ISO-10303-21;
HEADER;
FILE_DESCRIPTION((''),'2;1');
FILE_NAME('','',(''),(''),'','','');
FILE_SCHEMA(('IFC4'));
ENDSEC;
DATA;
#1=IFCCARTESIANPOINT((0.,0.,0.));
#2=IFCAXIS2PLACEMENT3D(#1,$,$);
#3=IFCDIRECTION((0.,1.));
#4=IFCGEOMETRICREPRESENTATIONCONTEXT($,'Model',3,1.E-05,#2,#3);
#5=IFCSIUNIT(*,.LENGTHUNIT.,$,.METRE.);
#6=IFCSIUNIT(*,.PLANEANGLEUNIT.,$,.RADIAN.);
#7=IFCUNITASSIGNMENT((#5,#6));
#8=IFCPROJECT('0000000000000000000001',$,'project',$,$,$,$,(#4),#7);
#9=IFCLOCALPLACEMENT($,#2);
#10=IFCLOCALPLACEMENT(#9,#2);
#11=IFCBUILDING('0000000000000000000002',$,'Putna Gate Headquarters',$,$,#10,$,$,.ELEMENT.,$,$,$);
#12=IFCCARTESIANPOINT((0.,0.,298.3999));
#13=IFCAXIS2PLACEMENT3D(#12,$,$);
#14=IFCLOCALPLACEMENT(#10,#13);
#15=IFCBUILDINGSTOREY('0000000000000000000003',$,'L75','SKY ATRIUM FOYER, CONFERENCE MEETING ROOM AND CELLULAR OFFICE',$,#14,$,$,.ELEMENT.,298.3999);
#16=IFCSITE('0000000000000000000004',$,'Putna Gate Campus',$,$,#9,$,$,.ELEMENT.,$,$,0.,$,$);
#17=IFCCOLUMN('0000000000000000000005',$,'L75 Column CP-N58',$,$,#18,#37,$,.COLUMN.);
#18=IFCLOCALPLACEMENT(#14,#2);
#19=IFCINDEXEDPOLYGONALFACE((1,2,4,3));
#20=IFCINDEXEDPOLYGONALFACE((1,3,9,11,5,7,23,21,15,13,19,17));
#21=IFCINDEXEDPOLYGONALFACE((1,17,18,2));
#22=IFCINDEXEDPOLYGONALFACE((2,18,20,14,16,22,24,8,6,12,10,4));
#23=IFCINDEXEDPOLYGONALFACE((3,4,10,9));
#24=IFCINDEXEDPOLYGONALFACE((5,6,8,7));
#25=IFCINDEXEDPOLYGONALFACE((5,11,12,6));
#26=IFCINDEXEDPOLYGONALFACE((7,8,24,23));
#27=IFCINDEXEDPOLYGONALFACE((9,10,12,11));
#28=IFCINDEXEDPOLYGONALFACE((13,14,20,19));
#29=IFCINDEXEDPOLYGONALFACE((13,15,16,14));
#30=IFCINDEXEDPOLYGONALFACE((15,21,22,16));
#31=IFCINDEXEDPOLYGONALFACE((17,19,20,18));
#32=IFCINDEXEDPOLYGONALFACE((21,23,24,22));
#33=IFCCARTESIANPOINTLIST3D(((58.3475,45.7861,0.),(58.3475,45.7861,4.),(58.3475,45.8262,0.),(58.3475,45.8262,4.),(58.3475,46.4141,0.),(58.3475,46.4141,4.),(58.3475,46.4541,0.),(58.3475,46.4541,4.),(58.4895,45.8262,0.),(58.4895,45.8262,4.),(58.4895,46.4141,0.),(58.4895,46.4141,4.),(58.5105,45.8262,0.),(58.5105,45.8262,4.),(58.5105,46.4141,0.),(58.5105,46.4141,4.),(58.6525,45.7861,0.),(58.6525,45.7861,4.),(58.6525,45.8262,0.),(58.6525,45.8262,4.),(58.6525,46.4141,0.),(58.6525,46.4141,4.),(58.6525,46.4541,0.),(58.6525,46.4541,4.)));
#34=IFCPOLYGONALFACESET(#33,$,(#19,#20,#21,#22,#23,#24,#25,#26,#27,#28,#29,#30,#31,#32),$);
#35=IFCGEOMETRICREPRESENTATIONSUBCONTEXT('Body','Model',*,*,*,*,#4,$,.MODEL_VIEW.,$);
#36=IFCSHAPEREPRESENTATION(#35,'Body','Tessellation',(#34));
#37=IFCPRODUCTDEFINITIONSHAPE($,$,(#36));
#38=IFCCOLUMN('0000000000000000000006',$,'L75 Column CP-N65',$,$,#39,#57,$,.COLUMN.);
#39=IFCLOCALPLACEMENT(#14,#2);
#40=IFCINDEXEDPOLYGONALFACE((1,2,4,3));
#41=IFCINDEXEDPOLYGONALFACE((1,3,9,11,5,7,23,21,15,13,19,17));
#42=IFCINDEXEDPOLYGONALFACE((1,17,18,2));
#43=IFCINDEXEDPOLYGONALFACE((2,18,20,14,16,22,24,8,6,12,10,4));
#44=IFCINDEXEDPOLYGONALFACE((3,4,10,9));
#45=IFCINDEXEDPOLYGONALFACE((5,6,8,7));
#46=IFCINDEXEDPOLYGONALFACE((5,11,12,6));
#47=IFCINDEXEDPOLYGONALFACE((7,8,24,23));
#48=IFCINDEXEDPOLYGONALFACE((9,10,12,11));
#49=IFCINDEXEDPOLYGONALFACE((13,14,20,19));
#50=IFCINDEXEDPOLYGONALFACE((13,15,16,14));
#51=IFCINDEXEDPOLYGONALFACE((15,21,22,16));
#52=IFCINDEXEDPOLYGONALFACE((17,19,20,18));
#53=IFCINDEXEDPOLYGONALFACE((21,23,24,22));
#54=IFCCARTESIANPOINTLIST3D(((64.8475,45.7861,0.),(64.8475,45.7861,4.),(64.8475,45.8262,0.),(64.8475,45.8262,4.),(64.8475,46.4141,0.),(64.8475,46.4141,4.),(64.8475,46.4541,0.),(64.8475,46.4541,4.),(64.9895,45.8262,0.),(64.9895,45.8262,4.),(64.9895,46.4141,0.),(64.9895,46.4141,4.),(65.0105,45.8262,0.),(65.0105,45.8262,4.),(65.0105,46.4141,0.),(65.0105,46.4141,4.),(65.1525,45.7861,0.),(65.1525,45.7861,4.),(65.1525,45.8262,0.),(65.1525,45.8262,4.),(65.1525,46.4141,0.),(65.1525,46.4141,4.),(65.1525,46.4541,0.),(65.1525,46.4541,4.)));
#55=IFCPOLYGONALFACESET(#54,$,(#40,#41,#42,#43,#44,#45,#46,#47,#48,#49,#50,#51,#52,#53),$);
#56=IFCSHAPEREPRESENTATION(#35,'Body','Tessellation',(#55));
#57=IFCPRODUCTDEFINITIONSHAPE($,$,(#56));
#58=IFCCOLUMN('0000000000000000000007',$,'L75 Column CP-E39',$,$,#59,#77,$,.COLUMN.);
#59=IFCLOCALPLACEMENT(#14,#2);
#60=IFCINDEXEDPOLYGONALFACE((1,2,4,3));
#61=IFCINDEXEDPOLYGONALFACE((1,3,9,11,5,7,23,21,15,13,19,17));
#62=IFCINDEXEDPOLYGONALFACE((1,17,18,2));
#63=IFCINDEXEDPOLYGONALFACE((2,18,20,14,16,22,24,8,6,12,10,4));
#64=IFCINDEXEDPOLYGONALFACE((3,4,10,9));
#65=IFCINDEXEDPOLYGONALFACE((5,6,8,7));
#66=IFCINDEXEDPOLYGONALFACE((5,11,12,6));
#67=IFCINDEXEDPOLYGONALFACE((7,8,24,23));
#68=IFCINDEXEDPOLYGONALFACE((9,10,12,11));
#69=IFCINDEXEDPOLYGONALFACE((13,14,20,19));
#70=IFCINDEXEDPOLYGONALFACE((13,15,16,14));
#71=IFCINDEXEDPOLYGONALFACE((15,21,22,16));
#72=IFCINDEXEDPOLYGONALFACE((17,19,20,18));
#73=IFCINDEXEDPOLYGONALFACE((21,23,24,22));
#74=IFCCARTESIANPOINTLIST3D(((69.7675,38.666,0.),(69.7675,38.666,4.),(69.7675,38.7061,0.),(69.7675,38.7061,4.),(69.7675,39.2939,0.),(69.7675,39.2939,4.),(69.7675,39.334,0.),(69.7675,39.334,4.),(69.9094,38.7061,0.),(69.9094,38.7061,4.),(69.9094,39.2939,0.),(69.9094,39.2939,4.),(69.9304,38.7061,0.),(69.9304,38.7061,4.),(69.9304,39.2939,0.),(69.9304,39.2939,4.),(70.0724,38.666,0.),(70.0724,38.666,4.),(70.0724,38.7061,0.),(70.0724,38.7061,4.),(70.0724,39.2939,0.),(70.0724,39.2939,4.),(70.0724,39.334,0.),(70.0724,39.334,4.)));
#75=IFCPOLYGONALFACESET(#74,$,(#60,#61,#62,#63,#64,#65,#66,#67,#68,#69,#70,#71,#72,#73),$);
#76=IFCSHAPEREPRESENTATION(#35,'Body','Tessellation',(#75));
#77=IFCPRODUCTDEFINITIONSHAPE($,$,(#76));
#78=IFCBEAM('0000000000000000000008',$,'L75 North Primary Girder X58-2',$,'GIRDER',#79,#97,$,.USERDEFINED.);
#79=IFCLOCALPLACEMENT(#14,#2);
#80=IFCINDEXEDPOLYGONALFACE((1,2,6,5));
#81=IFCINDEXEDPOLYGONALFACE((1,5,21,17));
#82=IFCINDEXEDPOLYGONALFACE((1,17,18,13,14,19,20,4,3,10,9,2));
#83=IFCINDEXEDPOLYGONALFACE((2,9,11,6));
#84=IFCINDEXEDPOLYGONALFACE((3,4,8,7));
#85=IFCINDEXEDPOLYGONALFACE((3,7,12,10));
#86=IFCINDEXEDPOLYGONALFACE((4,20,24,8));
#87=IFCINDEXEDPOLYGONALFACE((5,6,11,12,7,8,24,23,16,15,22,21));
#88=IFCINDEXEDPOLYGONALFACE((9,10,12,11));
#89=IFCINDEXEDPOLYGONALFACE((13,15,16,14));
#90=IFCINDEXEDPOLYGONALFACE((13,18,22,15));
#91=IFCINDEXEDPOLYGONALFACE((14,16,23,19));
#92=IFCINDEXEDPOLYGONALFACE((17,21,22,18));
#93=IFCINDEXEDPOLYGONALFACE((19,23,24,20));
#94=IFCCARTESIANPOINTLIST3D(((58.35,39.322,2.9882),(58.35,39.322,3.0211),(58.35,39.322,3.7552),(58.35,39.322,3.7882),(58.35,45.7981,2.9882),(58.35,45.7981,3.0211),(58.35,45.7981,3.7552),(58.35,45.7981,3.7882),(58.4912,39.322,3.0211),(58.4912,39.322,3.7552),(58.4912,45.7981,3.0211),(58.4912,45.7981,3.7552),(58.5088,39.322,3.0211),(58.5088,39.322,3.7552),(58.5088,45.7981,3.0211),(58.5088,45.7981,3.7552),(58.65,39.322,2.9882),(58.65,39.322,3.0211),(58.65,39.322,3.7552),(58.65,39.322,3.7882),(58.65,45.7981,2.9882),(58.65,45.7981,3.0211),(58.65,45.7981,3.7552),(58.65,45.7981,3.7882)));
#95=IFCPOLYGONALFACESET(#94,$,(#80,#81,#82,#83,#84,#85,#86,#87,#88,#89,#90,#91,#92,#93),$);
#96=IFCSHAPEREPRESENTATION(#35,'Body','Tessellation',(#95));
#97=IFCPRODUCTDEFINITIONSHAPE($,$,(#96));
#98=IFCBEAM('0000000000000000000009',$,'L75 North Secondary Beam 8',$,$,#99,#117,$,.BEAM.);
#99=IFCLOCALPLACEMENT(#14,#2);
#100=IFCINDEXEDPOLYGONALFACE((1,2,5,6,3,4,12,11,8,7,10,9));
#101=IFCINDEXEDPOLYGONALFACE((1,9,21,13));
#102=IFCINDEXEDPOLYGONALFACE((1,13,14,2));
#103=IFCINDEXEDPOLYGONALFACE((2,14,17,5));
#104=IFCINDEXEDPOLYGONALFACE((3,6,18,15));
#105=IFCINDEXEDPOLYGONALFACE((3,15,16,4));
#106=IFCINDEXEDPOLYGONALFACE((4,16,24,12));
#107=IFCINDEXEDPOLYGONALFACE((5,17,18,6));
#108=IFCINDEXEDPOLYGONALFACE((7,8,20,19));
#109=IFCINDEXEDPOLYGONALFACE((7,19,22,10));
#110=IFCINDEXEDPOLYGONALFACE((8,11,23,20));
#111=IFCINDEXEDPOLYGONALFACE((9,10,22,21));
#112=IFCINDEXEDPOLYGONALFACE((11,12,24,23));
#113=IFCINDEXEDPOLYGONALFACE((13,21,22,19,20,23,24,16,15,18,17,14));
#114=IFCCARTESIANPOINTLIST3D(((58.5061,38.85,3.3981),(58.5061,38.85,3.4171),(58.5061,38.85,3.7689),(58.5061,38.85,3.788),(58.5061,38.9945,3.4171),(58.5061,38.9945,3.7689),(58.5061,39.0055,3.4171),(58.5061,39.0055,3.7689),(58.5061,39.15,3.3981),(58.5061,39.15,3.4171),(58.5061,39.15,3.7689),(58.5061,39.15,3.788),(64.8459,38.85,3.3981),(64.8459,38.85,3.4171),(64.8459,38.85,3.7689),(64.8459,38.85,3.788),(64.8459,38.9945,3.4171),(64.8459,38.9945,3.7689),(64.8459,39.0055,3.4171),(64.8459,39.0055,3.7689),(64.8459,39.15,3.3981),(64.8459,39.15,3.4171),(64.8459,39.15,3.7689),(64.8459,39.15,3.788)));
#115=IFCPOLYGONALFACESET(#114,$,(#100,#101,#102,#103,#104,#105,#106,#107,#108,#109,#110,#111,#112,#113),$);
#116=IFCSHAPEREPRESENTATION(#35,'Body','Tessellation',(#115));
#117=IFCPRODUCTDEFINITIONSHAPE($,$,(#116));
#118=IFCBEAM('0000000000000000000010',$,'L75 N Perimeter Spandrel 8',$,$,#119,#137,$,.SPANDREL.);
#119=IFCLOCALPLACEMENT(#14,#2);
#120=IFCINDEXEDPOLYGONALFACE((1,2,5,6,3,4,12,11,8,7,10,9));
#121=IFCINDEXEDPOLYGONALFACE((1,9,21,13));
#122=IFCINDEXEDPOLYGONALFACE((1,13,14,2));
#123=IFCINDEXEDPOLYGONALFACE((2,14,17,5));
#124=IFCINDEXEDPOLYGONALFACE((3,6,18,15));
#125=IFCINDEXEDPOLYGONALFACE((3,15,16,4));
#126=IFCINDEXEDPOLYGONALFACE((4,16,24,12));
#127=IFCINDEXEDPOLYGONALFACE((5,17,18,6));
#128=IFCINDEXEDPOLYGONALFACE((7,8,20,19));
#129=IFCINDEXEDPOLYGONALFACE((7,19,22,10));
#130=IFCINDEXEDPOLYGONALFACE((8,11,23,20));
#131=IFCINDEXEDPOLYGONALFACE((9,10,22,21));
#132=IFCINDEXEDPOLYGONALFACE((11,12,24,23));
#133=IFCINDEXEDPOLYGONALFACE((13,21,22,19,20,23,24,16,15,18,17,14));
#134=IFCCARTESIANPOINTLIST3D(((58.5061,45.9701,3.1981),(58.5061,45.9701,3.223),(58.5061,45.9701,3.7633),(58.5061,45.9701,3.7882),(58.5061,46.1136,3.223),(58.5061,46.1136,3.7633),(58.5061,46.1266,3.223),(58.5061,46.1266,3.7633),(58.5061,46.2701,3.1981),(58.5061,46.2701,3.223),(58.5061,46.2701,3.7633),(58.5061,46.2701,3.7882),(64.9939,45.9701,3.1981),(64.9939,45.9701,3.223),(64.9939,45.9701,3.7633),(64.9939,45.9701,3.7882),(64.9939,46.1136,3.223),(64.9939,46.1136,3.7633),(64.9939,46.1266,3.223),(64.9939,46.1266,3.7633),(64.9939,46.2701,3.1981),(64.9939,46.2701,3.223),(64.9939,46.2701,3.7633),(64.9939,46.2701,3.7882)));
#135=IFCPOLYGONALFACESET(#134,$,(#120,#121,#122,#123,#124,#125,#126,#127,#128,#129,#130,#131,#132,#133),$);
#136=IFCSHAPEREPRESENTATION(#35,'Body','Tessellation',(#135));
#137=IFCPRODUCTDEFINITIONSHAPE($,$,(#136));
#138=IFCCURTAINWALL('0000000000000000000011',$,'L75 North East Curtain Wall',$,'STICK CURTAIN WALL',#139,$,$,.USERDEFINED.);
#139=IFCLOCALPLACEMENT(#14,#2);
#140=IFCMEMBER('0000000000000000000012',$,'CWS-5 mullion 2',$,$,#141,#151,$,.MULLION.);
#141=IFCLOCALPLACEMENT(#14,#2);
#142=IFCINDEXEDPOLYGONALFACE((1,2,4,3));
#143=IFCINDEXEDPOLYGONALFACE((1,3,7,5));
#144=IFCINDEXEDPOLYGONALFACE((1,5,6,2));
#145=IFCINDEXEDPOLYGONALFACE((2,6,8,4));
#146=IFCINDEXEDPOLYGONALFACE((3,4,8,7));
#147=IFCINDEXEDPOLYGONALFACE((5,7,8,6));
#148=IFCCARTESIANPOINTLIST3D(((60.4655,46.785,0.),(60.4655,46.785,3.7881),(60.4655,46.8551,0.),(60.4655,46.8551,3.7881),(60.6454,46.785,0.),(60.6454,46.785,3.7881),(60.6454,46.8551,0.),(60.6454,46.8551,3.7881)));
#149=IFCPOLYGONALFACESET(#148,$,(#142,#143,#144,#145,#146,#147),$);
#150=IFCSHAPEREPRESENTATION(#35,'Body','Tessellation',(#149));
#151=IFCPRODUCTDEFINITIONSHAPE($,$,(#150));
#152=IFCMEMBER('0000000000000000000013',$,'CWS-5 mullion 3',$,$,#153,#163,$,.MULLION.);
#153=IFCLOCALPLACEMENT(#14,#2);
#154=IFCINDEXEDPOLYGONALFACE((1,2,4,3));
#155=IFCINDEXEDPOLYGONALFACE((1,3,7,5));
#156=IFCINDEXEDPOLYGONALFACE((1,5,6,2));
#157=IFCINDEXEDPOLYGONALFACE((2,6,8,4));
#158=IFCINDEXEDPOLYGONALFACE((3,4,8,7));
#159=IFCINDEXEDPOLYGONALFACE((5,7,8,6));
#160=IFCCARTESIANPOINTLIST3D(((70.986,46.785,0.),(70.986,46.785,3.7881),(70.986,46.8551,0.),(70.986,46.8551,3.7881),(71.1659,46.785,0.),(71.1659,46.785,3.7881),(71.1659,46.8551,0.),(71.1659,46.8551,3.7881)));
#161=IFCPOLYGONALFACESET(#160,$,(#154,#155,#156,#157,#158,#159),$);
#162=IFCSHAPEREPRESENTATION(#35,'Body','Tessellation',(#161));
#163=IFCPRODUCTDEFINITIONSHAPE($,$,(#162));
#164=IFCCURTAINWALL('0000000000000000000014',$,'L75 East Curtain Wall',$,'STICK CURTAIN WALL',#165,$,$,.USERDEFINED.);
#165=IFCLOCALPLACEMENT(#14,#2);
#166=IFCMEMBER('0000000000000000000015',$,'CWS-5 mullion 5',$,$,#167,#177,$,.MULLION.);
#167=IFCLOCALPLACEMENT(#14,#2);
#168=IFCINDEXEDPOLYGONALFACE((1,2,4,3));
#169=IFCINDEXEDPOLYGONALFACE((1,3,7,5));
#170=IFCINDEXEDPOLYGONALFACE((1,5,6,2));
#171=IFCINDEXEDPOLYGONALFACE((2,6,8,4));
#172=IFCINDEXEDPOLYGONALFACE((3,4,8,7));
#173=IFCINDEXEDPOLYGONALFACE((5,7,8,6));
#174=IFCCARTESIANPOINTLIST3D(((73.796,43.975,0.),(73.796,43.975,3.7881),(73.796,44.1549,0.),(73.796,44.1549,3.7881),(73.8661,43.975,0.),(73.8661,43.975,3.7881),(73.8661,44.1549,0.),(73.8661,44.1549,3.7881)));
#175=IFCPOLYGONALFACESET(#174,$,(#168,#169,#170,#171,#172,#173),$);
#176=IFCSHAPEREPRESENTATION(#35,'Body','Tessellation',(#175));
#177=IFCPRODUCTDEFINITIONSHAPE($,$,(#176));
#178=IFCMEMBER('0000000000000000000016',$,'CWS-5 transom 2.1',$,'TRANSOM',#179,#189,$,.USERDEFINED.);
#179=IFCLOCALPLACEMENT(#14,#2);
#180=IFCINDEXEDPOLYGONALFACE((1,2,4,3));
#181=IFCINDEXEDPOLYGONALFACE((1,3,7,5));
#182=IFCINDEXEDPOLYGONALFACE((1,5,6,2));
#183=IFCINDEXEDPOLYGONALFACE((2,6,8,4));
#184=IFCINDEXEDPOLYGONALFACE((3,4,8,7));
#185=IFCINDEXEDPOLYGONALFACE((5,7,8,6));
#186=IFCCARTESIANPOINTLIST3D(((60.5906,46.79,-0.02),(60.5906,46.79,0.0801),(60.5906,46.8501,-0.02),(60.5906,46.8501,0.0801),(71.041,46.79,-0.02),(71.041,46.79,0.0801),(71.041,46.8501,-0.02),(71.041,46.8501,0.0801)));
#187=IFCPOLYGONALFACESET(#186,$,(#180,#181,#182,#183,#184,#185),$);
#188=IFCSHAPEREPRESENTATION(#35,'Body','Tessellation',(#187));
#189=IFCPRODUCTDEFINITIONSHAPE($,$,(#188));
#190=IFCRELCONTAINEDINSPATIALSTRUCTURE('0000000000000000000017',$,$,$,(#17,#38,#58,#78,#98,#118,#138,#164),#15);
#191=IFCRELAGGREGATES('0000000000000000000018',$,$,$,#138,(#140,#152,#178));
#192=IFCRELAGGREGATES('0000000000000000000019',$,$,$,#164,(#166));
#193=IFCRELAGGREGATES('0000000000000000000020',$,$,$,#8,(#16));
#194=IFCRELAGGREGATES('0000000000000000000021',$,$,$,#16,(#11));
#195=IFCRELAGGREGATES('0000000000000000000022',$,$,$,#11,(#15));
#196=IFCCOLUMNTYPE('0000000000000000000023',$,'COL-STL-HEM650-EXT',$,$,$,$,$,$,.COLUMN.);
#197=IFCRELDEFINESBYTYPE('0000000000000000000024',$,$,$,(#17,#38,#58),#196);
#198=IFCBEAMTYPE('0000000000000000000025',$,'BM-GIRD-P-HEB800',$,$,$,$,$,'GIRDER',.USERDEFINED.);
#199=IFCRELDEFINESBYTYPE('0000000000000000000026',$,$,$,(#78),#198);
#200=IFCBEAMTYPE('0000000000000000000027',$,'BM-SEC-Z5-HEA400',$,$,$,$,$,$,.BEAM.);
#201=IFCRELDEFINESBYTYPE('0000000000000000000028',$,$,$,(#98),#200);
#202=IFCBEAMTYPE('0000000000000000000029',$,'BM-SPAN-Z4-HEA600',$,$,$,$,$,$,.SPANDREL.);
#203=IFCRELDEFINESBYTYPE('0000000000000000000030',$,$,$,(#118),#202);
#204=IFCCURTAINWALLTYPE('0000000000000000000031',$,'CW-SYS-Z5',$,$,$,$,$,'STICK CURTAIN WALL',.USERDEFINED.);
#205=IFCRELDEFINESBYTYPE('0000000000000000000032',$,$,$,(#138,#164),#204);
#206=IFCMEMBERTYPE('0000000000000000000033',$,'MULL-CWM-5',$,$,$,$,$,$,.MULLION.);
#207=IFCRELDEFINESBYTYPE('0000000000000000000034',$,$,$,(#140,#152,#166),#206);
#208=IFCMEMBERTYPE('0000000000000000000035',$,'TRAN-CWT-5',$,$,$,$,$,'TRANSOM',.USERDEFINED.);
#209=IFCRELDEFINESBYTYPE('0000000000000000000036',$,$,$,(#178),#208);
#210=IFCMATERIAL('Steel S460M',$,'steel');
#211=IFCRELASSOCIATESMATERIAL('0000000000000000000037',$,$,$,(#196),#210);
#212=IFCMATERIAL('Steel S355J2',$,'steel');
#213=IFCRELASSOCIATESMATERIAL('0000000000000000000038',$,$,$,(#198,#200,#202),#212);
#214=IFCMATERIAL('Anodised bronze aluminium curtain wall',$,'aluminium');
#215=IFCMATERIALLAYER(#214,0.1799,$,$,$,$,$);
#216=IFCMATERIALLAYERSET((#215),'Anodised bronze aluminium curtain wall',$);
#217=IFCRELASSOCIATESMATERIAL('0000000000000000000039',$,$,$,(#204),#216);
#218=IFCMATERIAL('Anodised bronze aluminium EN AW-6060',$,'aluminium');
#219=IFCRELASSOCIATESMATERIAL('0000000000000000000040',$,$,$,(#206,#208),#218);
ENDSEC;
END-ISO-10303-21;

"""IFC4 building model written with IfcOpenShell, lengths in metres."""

from ifc_helpers import new_model, si_unit, direction, frame, origin, origin_2d, place, context, subcontext, project, spatial, rectangle, i_section, extrude, material, layer, layer_set, material_profile, profile_set, type_object, element, aggregate, save


model = new_model("IFC4")

# Units and contexts
model_context = context("Model", 3, precision=1e-05, world=origin(), true_north=direction((0.0, 1.0)))
body_context = subcontext(model_context, "Body", "Model", "MODEL_VIEW")
ifc_project = project(units=[si_unit("LENGTHUNIT", "METRE"), si_unit("PLANEANGLEUNIT", "RADIAN")], contexts=[model_context])

# Site, building, storey
site_placement = place(None, origin())
site = spatial("IfcSite", under=ifc_project, at=site_placement, Name="Putna Gate Campus", CompositionType="ELEMENT", RefElevation=0.0)
building_placement = place(site_placement, origin())
building = spatial("IfcBuilding", under=site, at=building_placement, Name="Putna Gate Headquarters", CompositionType="ELEMENT")
storey_placement = place(building_placement, frame((0.0, 0.0, 298.3999)))
storey = spatial("IfcBuildingStorey", under=building, at=storey_placement, Name="L75", Description="SKY ATRIUM FOYER, CONFERENCE MEETING ROOM AND CELLULAR OFFICE", CompositionType="ELEMENT", Elevation=298.3999)

# Columns
ifc_material_1 = material(Name="Steel S460M", Category="steel")
ifc_material_profile_1 = material_profile(ifc_material_1, i_section(OverallWidth=0.3049, OverallDepth=0.668, WebThickness=0.021, FlangeThickness=0.04, at=origin_2d()), Name="Steel S460M")
ifc_profile_set_1 = profile_set([ifc_material_profile_1], Name="Steel S460M")
column_type = type_object("IfcColumnType", Name="COL-STL-HEM650-EXT", PredefinedType="COLUMN", material=ifc_profile_set_1)
for number, where, z_axis, x_axis, name in (
    (1, (58.5, 46.1201, 0.0), (0.0, 0.0, 1.0), (1.0, 0.0, 0.0), "L75 Column CP-N58"),
    (2, (65.0, 46.1201, 0.0), (0.0, 0.0, 1.0), (1.0, 0.0, 0.0), "L75 Column CP-N65"),
    (3, (69.9199, 39.0, 0.0), (0.0, 0.0, 1.0), (1.0, 0.0, 0.0), "L75 Column CP-E39"),
):
    element("IfcColumn", number, at=place(storey_placement, frame(where, z_axis=z_axis, x_axis=x_axis)), inside=storey, type_object=column_type, Name=name, PredefinedType="COLUMN", context=body_context, shape_type="SweptSolid", body=[
        extrude(i_section(OverallWidth=0.3049, OverallDepth=0.668, WebThickness=0.021, FlangeThickness=0.04, at=origin_2d()), origin(), (0.0, 0.0, 1.0), 4.0),
    ])

# Beams
ifc_material_2 = material(Name="Steel S355J2", Category="steel")
ifc_material_profile_2 = material_profile(ifc_material_2, i_section(OverallWidth=0.3, OverallDepth=0.8, WebThickness=0.0176, FlangeThickness=0.033, at=origin_2d()), Name="Steel S355J2")
ifc_profile_set_2 = profile_set([ifc_material_profile_2], Name="Steel S355J2")
beam_type_1 = type_object("IfcBeamType", Name="BM-GIRD-P-HEB800", ElementType="GIRDER", PredefinedType="USERDEFINED", material=ifc_profile_set_2)
beam_1_placement = place(storey_placement, frame((58.5, 39.322, 3.3882), z_axis=(0.0, 1.0, 0.0), x_axis=(-1.0, 0.0, 0.0)))
element("IfcBeam", 4, at=beam_1_placement, inside=storey, type_object=beam_type_1, Name="L75 North Primary Girder X58-2", ObjectType="GIRDER", PredefinedType="USERDEFINED", context=body_context, shape_type="SweptSolid", body=[
    extrude(i_section(OverallWidth=0.3, OverallDepth=0.8, WebThickness=0.0176, FlangeThickness=0.033, at=origin_2d()), origin(), (0.0, 0.0, 1.0), 6.4761),
])
ifc_material_profile_3 = material_profile(ifc_material_2, i_section(OverallWidth=0.3, OverallDepth=0.3899, WebThickness=0.011, FlangeThickness=0.019, at=origin_2d()), Name="Steel S355J2")
ifc_profile_set_3 = profile_set([ifc_material_profile_3], Name="Steel S355J2")
beam_type_2 = type_object("IfcBeamType", Name="BM-SEC-Z5-HEA400", PredefinedType="BEAM", material=ifc_profile_set_3)
beam_2_placement = place(storey_placement, frame((58.5061, 39.0, 3.593), z_axis=(1.0, 0.0, 0.0), x_axis=(0.0, 1.0, 0.0)))
element("IfcBeam", 5, at=beam_2_placement, inside=storey, type_object=beam_type_2, Name="L75 North Secondary Beam 8", PredefinedType="BEAM", context=body_context, shape_type="SweptSolid", body=[
    extrude(i_section(OverallWidth=0.3, OverallDepth=0.3899, WebThickness=0.011, FlangeThickness=0.019, at=origin_2d()), origin(), (0.0, 0.0, 1.0), 6.3398),
])
ifc_material_profile_4 = material_profile(ifc_material_2, i_section(OverallWidth=0.3, OverallDepth=0.5901, WebThickness=0.0129, FlangeThickness=0.0249, at=origin_2d()), Name="Steel S355J2")
ifc_profile_set_4 = profile_set([ifc_material_profile_4], Name="Steel S355J2")
beam_type_3 = type_object("IfcBeamType", Name="BM-SPAN-Z4-HEA600", PredefinedType="SPANDREL", material=ifc_profile_set_4)
beam_3_placement = place(storey_placement, frame((58.5061, 46.1201, 3.4932), z_axis=(1.0, 0.0, 0.0), x_axis=(0.0, 1.0, 0.0)))
element("IfcBeam", 6, at=beam_3_placement, inside=storey, type_object=beam_type_3, Name="L75 N Perimeter Spandrel 8", PredefinedType="SPANDREL", context=body_context, shape_type="SweptSolid", body=[
    extrude(i_section(OverallWidth=0.3, OverallDepth=0.5901, WebThickness=0.0129, FlangeThickness=0.0249, at=origin_2d()), origin(), (0.0, 0.0, 1.0), 6.4878),
])

# Curtain wall, members
ifc_material_3 = material(Name="Anodised bronze aluminium curtain wall", Category="aluminium")
ifc_layer_1 = layer(ifc_material_3, 0.1799)
ifc_layer_set_1 = layer_set([ifc_layer_1], Name="Anodised bronze aluminium curtain wall")
curtain_wall_type = type_object("IfcCurtainWallType", Name="CW-SYS-Z5", ElementType="STICK CURTAIN WALL", PredefinedType="USERDEFINED", material=ifc_layer_set_1)
curtain_wall_1_placement = place(storey_placement, origin())
curtain_wall_1 = element("IfcCurtainWall", 7, at=curtain_wall_1_placement, inside=storey, type_object=curtain_wall_type, Name="L75 North East Curtain Wall", ObjectType="STICK CURTAIN WALL", PredefinedType="USERDEFINED")
ifc_material_4 = material(Name="Anodised bronze aluminium EN AW-6060", Category="aluminium")
ifc_material_profile_5 = material_profile(ifc_material_4, rectangle(XDim=0.0701, YDim=0.1799, at=origin_2d()), Name="Anodised bronze aluminium EN AW-6060")
ifc_profile_set_5 = profile_set([ifc_material_profile_5], Name="Anodised bronze aluminium EN AW-6060")
member_type_1 = type_object("IfcMemberType", Name="MULL-CWM-5", PredefinedType="MULLION", material=ifc_profile_set_5)
member_1_placement = place(storey_placement, frame((60.5554, 46.8201, 0.0), z_axis=(0.0, 0.0, 1.0), x_axis=(0.0, 1.0, 0.0)))
member_1 = element("IfcMember", 8, at=member_1_placement, type_object=member_type_1, Name="CWS-5 mullion 2", PredefinedType="MULLION", context=body_context, shape_type="SweptSolid", body=[
    extrude(rectangle(XDim=0.0701, YDim=0.1799, at=origin_2d()), origin(), (0.0, 0.0, 1.0), 3.7881),
])
member_2_placement = place(storey_placement, frame((71.0759, 46.8201, 0.0), z_axis=(0.0, 0.0, 1.0), x_axis=(0.0, 1.0, 0.0)))
member_2 = element("IfcMember", 9, at=member_2_placement, type_object=member_type_1, Name="CWS-5 mullion 3", PredefinedType="MULLION", context=body_context, shape_type="SweptSolid", body=[
    extrude(rectangle(XDim=0.0701, YDim=0.1799, at=origin_2d()), origin(), (0.0, 0.0, 1.0), 3.7881),
])

# Curtain wall, member
curtain_wall_2_placement = place(storey_placement, origin())
curtain_wall_2 = element("IfcCurtainWall", 10, at=curtain_wall_2_placement, inside=storey, type_object=curtain_wall_type, Name="L75 East Curtain Wall", ObjectType="STICK CURTAIN WALL", PredefinedType="USERDEFINED")
member_3_placement = place(storey_placement, frame((73.8311, 44.0649, 0.0), z_axis=(0.0, 0.0, 1.0), x_axis=(-1.0, 0.0, 0.0)))
member_3 = element("IfcMember", 11, at=member_3_placement, type_object=member_type_1, Name="CWS-5 mullion 5", PredefinedType="MULLION", context=body_context, shape_type="SweptSolid", body=[
    extrude(rectangle(XDim=0.0701, YDim=0.1799, at=origin_2d()), origin(), (0.0, 0.0, 1.0), 3.7881),
])

# Member
ifc_material_profile_6 = material_profile(ifc_material_4, rectangle(XDim=0.0601, YDim=0.1001, at=origin_2d()), Name="Anodised bronze aluminium EN AW-6060")
ifc_profile_set_6 = profile_set([ifc_material_profile_6], Name="Anodised bronze aluminium EN AW-6060")
member_type_2 = type_object("IfcMemberType", Name="TRAN-CWT-5", ElementType="TRANSOM", PredefinedType="USERDEFINED", material=ifc_profile_set_6)
member_4_placement = place(storey_placement, frame((60.5906, 46.8201, 0.03), z_axis=(1.0, 0.0, 0.0), x_axis=(0.0, 1.0, 0.0)))
member_4 = element("IfcMember", 12, at=member_4_placement, type_object=member_type_2, Name="CWS-5 transom 2.1", ObjectType="TRANSOM", PredefinedType="USERDEFINED", context=body_context, shape_type="SweptSolid", body=[
    extrude(rectangle(XDim=0.0601, YDim=0.1001, at=origin_2d()), origin(), (0.0, 0.0, 1.0), 10.4504),
])

aggregate(curtain_wall_1, [member_1, member_2, member_4])
aggregate(curtain_wall_2, [member_3])

save(model, "model.ifc")
